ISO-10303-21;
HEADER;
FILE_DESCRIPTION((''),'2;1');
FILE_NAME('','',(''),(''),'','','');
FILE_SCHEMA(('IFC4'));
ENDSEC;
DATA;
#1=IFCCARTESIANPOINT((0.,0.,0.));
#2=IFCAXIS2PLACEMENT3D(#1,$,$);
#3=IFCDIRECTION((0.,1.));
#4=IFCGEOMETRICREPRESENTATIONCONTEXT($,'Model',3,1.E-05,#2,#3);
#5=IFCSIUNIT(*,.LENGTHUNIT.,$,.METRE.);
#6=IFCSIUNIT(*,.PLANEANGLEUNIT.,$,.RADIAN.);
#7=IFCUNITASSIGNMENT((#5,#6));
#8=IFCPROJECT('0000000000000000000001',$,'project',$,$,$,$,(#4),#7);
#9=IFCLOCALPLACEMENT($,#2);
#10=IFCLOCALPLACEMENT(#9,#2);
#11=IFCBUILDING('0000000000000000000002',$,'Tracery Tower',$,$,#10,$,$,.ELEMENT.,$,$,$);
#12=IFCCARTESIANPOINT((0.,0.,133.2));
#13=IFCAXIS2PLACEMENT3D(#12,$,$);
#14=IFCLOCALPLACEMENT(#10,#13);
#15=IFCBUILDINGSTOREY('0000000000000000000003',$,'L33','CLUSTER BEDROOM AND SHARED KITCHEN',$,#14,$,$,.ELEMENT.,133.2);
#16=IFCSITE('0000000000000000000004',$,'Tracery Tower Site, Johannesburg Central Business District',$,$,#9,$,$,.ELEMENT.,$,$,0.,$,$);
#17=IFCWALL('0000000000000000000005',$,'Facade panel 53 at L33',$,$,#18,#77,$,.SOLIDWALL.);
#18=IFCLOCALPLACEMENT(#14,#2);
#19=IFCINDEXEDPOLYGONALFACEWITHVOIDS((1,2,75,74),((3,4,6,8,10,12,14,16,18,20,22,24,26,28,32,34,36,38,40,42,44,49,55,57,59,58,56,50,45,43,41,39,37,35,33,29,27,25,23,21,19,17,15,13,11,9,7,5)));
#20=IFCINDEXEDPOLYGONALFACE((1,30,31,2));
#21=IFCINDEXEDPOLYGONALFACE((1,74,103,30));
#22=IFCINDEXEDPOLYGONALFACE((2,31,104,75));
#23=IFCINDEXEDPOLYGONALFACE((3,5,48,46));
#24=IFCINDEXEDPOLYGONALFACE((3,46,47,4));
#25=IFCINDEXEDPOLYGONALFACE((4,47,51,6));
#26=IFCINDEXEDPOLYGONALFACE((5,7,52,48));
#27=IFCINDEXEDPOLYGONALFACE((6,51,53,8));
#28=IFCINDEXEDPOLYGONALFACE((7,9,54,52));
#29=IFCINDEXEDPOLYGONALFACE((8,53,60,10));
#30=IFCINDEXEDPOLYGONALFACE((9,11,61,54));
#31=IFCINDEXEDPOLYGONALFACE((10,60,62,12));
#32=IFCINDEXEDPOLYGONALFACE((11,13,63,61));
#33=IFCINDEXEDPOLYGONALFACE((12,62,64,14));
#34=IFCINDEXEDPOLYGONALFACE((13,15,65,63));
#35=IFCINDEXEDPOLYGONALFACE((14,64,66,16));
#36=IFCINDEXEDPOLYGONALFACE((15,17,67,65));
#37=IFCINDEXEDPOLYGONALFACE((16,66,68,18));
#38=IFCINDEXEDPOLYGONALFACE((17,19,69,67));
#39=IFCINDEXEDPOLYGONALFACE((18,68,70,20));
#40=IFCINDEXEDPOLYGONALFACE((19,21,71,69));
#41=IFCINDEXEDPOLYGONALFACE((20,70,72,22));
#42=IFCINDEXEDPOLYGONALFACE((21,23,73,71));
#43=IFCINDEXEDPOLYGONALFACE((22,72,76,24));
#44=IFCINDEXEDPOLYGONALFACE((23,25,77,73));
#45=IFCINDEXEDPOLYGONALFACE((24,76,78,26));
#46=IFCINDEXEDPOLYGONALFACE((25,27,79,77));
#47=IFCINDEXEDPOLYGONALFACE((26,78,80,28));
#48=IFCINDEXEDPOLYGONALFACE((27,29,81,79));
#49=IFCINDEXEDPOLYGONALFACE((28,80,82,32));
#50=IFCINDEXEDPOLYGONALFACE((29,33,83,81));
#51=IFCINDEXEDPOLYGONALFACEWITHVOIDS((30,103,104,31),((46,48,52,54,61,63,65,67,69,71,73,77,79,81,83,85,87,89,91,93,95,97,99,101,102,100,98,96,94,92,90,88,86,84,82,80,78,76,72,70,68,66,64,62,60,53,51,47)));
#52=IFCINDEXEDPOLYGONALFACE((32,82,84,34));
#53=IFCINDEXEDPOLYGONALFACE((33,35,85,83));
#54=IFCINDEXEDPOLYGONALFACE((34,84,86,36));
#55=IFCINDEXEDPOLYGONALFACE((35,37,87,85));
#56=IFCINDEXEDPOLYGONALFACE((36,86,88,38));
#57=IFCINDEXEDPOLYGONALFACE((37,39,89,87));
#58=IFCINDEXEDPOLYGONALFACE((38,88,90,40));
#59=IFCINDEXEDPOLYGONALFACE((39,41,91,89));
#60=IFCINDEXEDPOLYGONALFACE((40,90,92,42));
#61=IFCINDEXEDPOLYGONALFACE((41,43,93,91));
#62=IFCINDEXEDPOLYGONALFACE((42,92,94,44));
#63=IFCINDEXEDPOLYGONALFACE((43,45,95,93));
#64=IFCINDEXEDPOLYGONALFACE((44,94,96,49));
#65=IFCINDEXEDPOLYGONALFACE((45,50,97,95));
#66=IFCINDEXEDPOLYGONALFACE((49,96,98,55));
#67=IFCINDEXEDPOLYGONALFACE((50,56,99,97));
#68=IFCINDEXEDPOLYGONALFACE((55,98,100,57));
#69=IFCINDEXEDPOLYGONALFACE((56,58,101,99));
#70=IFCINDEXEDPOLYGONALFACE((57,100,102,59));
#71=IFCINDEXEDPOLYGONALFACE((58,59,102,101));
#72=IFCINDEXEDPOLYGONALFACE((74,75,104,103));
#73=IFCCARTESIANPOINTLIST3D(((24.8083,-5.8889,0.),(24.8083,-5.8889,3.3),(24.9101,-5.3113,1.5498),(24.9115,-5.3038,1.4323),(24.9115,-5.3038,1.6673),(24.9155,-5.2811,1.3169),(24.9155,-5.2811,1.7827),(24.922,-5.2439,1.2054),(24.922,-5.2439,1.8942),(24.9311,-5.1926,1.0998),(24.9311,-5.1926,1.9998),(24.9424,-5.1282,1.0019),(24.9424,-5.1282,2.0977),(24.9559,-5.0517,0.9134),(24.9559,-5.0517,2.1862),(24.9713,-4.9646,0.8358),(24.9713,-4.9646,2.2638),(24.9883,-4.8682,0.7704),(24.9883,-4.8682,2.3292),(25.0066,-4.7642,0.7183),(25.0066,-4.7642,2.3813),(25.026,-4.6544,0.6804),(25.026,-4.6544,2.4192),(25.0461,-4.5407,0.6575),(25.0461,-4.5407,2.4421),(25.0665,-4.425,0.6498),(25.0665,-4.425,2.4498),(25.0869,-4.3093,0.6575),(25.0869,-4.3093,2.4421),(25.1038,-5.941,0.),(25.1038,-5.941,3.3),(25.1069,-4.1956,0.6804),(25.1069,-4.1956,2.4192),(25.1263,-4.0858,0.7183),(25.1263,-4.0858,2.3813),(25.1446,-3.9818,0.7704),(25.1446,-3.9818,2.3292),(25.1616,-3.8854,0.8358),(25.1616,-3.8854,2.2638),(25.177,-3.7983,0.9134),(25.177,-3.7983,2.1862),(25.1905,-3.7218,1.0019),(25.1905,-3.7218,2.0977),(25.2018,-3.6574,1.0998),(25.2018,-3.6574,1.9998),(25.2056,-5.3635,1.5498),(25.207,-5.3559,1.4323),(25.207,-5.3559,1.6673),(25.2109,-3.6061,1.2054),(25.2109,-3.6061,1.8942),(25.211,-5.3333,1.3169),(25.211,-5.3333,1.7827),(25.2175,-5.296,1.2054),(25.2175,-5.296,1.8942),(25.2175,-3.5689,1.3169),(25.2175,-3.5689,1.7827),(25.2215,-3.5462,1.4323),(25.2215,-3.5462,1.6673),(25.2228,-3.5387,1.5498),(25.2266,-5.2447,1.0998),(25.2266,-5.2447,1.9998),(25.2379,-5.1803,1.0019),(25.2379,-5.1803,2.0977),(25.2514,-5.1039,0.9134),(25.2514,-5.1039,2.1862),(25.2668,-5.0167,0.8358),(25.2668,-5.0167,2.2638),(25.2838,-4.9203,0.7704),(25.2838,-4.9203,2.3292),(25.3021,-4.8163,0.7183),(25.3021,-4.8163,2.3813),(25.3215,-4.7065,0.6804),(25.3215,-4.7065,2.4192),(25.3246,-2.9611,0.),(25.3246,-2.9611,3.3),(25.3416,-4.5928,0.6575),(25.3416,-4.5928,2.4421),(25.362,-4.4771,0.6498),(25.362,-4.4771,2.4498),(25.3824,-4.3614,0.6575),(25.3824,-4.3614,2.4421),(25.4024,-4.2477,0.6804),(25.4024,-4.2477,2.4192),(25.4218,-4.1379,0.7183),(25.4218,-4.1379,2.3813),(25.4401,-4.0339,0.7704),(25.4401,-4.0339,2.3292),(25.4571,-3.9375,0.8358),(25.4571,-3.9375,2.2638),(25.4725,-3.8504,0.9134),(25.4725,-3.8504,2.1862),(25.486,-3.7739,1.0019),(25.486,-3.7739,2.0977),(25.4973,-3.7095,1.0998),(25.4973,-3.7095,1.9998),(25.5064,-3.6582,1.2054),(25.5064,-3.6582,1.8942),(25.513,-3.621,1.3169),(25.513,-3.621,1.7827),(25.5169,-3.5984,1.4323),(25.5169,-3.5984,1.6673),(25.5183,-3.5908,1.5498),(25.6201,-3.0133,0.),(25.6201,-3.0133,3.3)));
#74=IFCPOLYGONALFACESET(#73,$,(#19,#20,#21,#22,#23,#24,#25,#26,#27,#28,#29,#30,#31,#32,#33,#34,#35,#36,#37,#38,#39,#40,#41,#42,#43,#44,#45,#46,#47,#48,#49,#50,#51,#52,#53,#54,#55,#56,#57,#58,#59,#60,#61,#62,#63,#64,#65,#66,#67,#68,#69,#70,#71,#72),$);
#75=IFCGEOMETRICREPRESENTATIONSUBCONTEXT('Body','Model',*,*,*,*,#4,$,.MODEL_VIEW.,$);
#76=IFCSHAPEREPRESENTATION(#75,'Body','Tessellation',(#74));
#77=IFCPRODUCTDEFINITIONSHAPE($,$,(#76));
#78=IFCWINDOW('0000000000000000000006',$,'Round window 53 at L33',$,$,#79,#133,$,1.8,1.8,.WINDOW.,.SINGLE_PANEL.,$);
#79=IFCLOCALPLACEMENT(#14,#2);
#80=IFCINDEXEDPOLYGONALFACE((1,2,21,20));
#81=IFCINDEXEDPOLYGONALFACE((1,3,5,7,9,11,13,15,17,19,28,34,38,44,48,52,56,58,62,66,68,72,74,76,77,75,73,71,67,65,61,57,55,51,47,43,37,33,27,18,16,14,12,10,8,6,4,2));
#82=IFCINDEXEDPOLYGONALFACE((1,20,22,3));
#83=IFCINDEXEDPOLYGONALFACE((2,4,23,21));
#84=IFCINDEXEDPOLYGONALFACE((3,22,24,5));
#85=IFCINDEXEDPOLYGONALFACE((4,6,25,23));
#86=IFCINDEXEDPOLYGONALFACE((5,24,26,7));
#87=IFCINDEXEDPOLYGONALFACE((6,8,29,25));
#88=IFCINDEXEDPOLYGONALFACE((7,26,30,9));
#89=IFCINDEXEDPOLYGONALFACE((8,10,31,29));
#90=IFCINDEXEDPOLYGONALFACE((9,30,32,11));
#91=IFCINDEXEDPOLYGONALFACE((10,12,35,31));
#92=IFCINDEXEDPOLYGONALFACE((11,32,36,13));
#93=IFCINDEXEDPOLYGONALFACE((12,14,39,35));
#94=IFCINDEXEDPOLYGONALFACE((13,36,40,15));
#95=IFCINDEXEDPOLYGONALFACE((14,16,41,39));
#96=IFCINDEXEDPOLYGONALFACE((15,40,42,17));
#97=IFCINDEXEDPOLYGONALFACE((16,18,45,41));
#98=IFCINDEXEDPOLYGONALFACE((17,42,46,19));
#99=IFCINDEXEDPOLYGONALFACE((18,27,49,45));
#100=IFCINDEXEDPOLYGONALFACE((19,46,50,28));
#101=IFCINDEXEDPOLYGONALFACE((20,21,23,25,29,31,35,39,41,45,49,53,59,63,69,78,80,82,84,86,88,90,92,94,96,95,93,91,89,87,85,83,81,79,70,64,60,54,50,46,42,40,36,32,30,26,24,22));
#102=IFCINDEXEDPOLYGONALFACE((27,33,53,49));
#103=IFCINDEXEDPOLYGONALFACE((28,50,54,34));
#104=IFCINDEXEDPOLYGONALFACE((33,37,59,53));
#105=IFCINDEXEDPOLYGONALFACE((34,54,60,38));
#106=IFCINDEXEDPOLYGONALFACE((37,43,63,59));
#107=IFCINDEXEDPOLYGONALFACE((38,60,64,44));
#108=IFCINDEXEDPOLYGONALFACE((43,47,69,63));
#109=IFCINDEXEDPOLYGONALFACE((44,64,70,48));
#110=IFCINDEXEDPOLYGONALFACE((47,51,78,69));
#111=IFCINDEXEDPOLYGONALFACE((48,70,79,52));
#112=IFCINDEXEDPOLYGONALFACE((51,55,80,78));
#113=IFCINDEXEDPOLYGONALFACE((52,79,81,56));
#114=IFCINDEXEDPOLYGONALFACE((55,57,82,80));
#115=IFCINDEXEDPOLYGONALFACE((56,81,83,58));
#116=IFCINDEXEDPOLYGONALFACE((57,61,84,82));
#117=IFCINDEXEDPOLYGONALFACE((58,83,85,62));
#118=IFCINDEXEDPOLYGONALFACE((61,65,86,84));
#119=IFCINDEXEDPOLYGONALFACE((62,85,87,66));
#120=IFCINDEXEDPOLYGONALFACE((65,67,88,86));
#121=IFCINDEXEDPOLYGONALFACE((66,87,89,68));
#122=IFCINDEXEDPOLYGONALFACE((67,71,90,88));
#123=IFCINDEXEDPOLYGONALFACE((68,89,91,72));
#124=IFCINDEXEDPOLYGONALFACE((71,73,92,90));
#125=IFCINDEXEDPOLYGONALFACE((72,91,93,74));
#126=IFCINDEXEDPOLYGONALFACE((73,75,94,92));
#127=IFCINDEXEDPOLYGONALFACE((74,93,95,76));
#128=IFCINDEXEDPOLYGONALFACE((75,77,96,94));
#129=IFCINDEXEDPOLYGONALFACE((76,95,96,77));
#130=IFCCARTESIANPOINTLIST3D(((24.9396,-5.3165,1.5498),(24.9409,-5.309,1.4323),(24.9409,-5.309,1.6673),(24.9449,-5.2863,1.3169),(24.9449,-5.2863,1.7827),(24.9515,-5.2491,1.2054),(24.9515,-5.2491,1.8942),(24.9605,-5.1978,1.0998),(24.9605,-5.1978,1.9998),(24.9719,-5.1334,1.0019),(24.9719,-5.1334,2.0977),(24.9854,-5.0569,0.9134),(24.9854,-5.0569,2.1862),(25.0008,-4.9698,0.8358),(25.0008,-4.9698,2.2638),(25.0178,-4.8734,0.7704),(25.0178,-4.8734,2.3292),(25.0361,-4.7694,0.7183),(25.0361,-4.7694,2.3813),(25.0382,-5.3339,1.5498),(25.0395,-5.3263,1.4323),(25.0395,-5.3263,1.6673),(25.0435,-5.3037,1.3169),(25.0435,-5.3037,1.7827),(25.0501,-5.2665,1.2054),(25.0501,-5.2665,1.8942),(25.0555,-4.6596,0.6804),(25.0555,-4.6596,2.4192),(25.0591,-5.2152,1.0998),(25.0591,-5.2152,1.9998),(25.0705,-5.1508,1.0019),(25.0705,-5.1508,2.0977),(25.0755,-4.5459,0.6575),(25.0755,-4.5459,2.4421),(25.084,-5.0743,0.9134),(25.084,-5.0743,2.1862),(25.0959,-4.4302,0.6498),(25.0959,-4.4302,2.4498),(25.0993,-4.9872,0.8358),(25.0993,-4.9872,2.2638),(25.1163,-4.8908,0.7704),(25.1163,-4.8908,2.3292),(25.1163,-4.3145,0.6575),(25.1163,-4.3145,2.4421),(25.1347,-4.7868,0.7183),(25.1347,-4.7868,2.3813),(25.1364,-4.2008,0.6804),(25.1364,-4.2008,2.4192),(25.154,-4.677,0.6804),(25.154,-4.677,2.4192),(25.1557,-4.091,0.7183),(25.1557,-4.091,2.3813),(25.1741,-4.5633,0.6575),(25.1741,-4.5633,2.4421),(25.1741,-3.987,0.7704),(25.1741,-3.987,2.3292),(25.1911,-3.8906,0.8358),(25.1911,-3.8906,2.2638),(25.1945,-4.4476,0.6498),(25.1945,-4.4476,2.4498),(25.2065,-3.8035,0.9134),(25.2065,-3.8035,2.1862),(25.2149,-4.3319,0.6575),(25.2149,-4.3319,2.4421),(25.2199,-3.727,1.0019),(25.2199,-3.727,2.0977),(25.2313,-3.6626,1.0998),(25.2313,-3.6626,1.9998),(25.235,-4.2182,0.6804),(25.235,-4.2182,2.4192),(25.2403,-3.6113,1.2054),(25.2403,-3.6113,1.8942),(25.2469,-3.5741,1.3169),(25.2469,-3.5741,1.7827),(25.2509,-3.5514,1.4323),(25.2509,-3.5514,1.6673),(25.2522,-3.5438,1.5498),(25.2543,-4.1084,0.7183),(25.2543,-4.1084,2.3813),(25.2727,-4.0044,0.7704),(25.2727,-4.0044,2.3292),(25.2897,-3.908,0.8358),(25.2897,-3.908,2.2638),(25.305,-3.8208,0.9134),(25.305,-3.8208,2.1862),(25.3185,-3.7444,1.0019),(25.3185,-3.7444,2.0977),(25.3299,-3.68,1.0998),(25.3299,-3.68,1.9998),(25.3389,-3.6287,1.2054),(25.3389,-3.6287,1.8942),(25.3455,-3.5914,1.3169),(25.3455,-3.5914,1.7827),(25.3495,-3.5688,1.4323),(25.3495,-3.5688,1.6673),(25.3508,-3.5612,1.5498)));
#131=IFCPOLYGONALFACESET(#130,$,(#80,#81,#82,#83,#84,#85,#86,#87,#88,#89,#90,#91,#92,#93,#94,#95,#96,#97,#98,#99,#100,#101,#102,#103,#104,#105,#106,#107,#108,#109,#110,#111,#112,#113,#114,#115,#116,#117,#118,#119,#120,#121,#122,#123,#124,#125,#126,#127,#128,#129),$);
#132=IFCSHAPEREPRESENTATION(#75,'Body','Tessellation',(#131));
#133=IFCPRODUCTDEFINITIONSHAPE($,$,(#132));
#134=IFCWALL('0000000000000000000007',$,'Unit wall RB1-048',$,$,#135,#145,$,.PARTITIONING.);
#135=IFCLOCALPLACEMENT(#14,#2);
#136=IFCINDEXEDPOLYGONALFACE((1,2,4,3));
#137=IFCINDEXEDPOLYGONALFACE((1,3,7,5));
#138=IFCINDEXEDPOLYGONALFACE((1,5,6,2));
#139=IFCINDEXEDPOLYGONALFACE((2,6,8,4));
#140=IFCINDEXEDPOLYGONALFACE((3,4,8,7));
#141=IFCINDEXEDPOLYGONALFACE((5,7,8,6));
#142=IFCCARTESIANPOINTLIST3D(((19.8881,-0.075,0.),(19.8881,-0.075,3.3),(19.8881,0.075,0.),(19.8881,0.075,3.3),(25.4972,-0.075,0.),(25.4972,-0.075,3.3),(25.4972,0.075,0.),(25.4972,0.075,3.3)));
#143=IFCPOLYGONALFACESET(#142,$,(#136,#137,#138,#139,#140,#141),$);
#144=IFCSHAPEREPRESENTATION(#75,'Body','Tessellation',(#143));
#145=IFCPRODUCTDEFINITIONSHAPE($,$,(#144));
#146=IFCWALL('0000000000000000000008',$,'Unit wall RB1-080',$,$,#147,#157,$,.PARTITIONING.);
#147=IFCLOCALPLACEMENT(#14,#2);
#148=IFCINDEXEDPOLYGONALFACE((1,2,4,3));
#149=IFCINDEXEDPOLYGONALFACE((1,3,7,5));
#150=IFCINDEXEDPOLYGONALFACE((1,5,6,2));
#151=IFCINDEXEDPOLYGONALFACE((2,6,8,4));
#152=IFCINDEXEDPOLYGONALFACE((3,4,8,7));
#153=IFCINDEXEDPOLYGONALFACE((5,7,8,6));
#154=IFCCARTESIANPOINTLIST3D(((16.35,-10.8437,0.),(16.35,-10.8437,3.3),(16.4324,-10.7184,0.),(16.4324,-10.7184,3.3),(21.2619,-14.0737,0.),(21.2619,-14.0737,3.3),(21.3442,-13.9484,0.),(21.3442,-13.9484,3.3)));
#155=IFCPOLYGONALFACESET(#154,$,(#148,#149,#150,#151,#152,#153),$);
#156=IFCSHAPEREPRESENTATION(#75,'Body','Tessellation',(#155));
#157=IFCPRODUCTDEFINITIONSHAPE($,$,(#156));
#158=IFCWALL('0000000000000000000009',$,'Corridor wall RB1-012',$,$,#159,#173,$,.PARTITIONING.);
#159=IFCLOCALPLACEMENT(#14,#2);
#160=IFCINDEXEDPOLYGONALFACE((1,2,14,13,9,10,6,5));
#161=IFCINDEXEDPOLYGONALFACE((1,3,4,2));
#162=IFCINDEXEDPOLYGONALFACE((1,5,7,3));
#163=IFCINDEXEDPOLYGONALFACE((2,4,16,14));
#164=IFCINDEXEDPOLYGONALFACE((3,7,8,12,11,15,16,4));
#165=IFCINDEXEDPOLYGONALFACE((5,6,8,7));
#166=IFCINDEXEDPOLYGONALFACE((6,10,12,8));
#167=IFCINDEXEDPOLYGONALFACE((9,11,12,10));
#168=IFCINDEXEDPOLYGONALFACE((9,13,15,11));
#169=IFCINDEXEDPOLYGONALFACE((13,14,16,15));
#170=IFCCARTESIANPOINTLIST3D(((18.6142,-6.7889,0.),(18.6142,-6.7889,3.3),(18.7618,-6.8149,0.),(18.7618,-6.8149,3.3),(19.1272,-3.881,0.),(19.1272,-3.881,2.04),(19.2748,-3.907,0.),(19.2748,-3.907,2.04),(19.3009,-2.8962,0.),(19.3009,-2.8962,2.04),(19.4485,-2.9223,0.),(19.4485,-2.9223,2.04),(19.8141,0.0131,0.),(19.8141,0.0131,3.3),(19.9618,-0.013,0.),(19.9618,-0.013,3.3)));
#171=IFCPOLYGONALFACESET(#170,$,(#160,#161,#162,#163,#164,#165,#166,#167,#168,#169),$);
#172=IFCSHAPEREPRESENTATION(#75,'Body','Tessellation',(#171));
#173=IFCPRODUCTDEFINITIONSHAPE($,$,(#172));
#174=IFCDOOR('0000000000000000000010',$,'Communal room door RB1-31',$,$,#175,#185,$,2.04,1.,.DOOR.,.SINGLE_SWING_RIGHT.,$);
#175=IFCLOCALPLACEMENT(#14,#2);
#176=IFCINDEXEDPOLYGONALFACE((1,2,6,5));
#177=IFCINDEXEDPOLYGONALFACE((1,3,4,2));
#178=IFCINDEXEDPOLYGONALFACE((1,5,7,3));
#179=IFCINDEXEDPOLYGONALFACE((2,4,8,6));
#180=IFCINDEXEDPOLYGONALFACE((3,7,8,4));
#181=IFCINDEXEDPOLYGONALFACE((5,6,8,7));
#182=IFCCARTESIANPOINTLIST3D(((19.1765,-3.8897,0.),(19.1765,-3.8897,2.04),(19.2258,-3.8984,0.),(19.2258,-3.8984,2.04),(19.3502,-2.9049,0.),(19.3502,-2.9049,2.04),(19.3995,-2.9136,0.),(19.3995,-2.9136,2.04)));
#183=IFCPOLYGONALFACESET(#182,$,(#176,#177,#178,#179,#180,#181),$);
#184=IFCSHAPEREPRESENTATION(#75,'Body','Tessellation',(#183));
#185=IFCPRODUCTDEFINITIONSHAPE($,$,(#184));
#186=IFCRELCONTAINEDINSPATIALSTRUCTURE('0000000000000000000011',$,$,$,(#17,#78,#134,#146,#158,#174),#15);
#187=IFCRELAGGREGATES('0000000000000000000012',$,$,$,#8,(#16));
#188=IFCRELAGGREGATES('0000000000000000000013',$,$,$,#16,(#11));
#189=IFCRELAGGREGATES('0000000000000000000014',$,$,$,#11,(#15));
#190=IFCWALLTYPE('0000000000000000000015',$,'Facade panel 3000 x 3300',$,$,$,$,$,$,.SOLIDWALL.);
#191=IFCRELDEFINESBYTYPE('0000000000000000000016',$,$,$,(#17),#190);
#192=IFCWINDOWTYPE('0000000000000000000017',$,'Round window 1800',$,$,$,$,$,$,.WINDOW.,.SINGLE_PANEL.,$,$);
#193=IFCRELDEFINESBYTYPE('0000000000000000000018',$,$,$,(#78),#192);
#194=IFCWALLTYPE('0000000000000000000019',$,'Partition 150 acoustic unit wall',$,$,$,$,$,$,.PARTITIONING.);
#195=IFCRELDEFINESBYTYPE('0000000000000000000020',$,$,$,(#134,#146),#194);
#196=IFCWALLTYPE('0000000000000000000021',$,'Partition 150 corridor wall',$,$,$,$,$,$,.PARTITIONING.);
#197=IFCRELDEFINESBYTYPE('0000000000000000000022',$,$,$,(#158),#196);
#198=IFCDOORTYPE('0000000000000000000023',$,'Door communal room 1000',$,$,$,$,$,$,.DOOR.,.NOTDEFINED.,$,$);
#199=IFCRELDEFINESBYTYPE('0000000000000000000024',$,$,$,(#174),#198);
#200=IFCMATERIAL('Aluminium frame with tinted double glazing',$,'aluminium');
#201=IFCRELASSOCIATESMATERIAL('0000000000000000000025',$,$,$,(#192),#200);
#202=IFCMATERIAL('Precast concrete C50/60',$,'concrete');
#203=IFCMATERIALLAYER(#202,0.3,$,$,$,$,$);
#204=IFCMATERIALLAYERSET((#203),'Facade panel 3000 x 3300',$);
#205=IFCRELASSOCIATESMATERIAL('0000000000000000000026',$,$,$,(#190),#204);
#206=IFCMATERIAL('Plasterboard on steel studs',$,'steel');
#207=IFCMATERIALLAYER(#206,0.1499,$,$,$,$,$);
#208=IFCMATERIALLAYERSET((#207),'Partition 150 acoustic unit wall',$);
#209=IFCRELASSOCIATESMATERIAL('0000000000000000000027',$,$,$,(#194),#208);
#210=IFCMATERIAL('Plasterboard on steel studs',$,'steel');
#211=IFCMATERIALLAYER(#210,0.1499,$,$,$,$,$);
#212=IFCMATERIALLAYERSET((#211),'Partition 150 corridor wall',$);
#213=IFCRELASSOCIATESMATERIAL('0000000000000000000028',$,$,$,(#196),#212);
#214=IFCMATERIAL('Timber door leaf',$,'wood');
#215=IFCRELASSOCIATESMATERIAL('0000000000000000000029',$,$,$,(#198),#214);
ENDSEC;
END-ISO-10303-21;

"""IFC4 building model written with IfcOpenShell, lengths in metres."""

from ifc_helpers import new_model, si_unit, direction, frame, frame_2d, origin, origin_2d, place, context, subcontext, project, spatial, rectangle, circle, extrude, material, layer, layer_set, type_object, element, fill, save


model = new_model("IFC4")

# Units and contexts
model_context = context("Model", 3, precision=1e-05, world=origin(), true_north=direction((0.0, 1.0)))
body_context = subcontext(model_context, "Body", "Model", "MODEL_VIEW")
ifc_project = project(units=[si_unit("LENGTHUNIT", "METRE"), si_unit("PLANEANGLEUNIT", "RADIAN")], contexts=[model_context])

# Site, building, storey
site_placement = place(None, origin())
site = spatial("IfcSite", under=ifc_project, at=site_placement, Name="Tracery Tower Site, Johannesburg Central Business District", CompositionType="ELEMENT", RefElevation=0.0)
building_placement = place(site_placement, origin())
building = spatial("IfcBuilding", under=site, at=building_placement, Name="Tracery Tower", CompositionType="ELEMENT")
storey_placement = place(building_placement, frame((0.0, 0.0, 133.2)))
storey = spatial("IfcBuildingStorey", under=building, at=storey_placement, Name="L33", Description="CLUSTER BEDROOM AND SHARED KITCHEN", CompositionType="ELEMENT", Elevation=133.2)

# Wall, opening, window
ifc_material_1 = material(Name="Aluminium frame with tinted double glazing", Category="aluminium")
window_type = type_object("IfcWindowType", Name="Round window 1800", PartitioningType="SINGLE_PANEL", PredefinedType="WINDOW", material=ifc_material_1)
ifc_material_2 = material(Name="Precast concrete C50/60", Category="concrete")
ifc_layer_1 = layer(ifc_material_2, 0.3)
ifc_layer_set_1 = layer_set([ifc_layer_1], Name="Facade panel 3000 x 3300")
wall_type_1 = type_object("IfcWallType", Name="Facade panel 3000 x 3300", PredefinedType="SOLIDWALL", material=ifc_layer_set_1)
wall_1_placement = place(storey_placement, frame((24.9561, -5.9148, 0.0), z_axis=(0.0, 0.0, 1.0), x_axis=(0.173687, 0.984801, 0.0)))
wall_1 = element("IfcWall", 1, at=wall_1_placement, inside=storey, type_object=wall_type_1, Name="Facade panel 53 at L33", PredefinedType="SOLIDWALL", context=body_context, shape_type="SweptSolid", body=[
    extrude(rectangle(XDim=2.9729, YDim=0.3, at=frame_2d((1.4863, 0.0))), origin(), (0.0, 0.0, 1.0), 3.3),
])
opening_1_placement = place(wall_1_placement, frame((1.4863, 0.0, 1.5498)))
opening_1 = element("IfcOpeningElement", 2, at=opening_1_placement, cuts=wall_1, PredefinedType="OPENING", context=body_context, shape_type="SweptSolid", body=[
    extrude(circle(Radius=0.9, at=origin_2d()), frame((0.0, 0.1599, 0.0), z_axis=(0.0, -1.0, 0.0), x_axis=(1.0, 0.0, 0.0)), (0.0, 0.0, 1.0), 0.3201),
])
window_1_placement = place(opening_1_placement, origin())
window_1 = element("IfcWindow", 3, at=window_1_placement, inside=storey, type_object=window_type, Name="Round window 53 at L33", OverallHeight=1.8, OverallWidth=1.8, PartitioningType="SINGLE_PANEL", PredefinedType="WINDOW", context=body_context, shape_type="SweptSolid", body=[
    extrude(circle(Radius=0.9, at=origin_2d()), frame((0.0, 0.1201, 0.0), z_axis=(0.0, -1.0, 0.0), x_axis=(1.0, 0.0, 0.0)), (0.0, 0.0, 1.0), 0.1001),
])
fill(opening_1, window_1)

# Walls
ifc_material_3 = material(Name="Plasterboard on steel studs", Category="steel")
ifc_layer_2 = layer(ifc_material_3, 0.1499)
ifc_layer_set_2 = layer_set([ifc_layer_2], Name="Partition 150 acoustic unit wall")
wall_type_2 = type_object("IfcWallType", Name="Partition 150 acoustic unit wall", PredefinedType="PARTITIONING", material=ifc_layer_set_2)
wall_2_placement = place(storey_placement, frame((19.8879, 0.0, 0.0), z_axis=(0.0, 0.0, 1.0), x_axis=(1.0, 0.0, 0.0)))
element("IfcWall", 4, at=wall_2_placement, inside=storey, type_object=wall_type_2, Name="Unit wall RB1-048", PredefinedType="PARTITIONING", context=body_context, shape_type="SweptSolid", body=[
    extrude(rectangle(XDim=5.6091, YDim=0.1499, at=frame_2d((2.8047, 0.0))), origin(), (0.0, 0.0, 1.0), 3.3),
])
wall_3_placement = place(storey_placement, frame((16.3911, -10.781, 0.0), z_axis=(0.0, 0.0, 1.0), x_axis=(0.835535, -0.549437, 0.0)))
element("IfcWall", 5, at=wall_3_placement, inside=storey, type_object=wall_type_2, Name="Unit wall RB1-080", PredefinedType="PARTITIONING", context=body_context, shape_type="SweptSolid", body=[
    extrude(rectangle(XDim=5.8787, YDim=0.1499, at=frame_2d((2.9395, 0.0))), origin(), (0.0, 0.0, 1.0), 3.3),
])

# Wall, opening, door
ifc_material_4 = material(Name="Plasterboard on steel studs", Category="steel")
ifc_layer_3 = layer(ifc_material_4, 0.1499)
ifc_layer_set_3 = layer_set([ifc_layer_3], Name="Partition 150 corridor wall")
wall_type_3 = type_object("IfcWallType", Name="Partition 150 corridor wall", PredefinedType="PARTITIONING", material=ifc_layer_set_3)
wall_4_placement = place(storey_placement, frame((18.688, -6.802, 0.0), z_axis=(0.0, 0.0, 1.0), x_axis=(0.173729, 0.984794, 0.0)))
wall_4 = element("IfcWall", 6, at=wall_4_placement, inside=storey, type_object=wall_type_3, Name="Corridor wall RB1-012", PredefinedType="PARTITIONING", context=body_context, shape_type="SweptSolid", body=[
    extrude(rectangle(XDim=6.907, YDim=0.1499, at=frame_2d((3.4536, 0.0))), origin(), (0.0, 0.0, 1.0), 3.3),
])
opening_2_placement = place(wall_4_placement, frame((2.9529, 0.0, 0.0)))
opening_2 = element("IfcOpeningElement", 7, at=opening_2_placement, cuts=wall_4, PredefinedType="OPENING", context=body_context, shape_type="SweptSolid", body=[
    extrude(rectangle(XDim=1.0, YDim=2.04, at=frame_2d((0.5, 1.02))), frame((0.0, 0.075, 0.0), z_axis=(0.0, -1.0, 0.0), x_axis=(1.0, 0.0, 0.0)), (0.0, 0.0, 1.0), 0.1499),
])
ifc_material_5 = material(Name="Timber door leaf", Category="wood")
door_type_1 = type_object("IfcDoorType", Name="Door communal room 1000", OperationType="NOTDEFINED", PredefinedType="DOOR", material=ifc_material_5)
door_1_placement = place(opening_2_placement, origin())
door_1 = element("IfcDoor", 8, at=door_1_placement, inside=storey, type_object=door_type_1, Name="Communal room door RB1-31", OperationType="SINGLE_SWING_RIGHT", OverallHeight=2.04, OverallWidth=1.0, PredefinedType="DOOR", context=body_context, shape_type="SweptSolid", body=[
    extrude(rectangle(XDim=1.0, YDim=2.04, at=frame_2d((0.5, 1.02))), frame((0.0, 0.0249, 0.0), z_axis=(0.0, -1.0, 0.0), x_axis=(1.0, 0.0, 0.0)), (0.0, 0.0, 1.0), 0.05),
])
fill(opening_2, door_1)

save(model, "model.ifc")
